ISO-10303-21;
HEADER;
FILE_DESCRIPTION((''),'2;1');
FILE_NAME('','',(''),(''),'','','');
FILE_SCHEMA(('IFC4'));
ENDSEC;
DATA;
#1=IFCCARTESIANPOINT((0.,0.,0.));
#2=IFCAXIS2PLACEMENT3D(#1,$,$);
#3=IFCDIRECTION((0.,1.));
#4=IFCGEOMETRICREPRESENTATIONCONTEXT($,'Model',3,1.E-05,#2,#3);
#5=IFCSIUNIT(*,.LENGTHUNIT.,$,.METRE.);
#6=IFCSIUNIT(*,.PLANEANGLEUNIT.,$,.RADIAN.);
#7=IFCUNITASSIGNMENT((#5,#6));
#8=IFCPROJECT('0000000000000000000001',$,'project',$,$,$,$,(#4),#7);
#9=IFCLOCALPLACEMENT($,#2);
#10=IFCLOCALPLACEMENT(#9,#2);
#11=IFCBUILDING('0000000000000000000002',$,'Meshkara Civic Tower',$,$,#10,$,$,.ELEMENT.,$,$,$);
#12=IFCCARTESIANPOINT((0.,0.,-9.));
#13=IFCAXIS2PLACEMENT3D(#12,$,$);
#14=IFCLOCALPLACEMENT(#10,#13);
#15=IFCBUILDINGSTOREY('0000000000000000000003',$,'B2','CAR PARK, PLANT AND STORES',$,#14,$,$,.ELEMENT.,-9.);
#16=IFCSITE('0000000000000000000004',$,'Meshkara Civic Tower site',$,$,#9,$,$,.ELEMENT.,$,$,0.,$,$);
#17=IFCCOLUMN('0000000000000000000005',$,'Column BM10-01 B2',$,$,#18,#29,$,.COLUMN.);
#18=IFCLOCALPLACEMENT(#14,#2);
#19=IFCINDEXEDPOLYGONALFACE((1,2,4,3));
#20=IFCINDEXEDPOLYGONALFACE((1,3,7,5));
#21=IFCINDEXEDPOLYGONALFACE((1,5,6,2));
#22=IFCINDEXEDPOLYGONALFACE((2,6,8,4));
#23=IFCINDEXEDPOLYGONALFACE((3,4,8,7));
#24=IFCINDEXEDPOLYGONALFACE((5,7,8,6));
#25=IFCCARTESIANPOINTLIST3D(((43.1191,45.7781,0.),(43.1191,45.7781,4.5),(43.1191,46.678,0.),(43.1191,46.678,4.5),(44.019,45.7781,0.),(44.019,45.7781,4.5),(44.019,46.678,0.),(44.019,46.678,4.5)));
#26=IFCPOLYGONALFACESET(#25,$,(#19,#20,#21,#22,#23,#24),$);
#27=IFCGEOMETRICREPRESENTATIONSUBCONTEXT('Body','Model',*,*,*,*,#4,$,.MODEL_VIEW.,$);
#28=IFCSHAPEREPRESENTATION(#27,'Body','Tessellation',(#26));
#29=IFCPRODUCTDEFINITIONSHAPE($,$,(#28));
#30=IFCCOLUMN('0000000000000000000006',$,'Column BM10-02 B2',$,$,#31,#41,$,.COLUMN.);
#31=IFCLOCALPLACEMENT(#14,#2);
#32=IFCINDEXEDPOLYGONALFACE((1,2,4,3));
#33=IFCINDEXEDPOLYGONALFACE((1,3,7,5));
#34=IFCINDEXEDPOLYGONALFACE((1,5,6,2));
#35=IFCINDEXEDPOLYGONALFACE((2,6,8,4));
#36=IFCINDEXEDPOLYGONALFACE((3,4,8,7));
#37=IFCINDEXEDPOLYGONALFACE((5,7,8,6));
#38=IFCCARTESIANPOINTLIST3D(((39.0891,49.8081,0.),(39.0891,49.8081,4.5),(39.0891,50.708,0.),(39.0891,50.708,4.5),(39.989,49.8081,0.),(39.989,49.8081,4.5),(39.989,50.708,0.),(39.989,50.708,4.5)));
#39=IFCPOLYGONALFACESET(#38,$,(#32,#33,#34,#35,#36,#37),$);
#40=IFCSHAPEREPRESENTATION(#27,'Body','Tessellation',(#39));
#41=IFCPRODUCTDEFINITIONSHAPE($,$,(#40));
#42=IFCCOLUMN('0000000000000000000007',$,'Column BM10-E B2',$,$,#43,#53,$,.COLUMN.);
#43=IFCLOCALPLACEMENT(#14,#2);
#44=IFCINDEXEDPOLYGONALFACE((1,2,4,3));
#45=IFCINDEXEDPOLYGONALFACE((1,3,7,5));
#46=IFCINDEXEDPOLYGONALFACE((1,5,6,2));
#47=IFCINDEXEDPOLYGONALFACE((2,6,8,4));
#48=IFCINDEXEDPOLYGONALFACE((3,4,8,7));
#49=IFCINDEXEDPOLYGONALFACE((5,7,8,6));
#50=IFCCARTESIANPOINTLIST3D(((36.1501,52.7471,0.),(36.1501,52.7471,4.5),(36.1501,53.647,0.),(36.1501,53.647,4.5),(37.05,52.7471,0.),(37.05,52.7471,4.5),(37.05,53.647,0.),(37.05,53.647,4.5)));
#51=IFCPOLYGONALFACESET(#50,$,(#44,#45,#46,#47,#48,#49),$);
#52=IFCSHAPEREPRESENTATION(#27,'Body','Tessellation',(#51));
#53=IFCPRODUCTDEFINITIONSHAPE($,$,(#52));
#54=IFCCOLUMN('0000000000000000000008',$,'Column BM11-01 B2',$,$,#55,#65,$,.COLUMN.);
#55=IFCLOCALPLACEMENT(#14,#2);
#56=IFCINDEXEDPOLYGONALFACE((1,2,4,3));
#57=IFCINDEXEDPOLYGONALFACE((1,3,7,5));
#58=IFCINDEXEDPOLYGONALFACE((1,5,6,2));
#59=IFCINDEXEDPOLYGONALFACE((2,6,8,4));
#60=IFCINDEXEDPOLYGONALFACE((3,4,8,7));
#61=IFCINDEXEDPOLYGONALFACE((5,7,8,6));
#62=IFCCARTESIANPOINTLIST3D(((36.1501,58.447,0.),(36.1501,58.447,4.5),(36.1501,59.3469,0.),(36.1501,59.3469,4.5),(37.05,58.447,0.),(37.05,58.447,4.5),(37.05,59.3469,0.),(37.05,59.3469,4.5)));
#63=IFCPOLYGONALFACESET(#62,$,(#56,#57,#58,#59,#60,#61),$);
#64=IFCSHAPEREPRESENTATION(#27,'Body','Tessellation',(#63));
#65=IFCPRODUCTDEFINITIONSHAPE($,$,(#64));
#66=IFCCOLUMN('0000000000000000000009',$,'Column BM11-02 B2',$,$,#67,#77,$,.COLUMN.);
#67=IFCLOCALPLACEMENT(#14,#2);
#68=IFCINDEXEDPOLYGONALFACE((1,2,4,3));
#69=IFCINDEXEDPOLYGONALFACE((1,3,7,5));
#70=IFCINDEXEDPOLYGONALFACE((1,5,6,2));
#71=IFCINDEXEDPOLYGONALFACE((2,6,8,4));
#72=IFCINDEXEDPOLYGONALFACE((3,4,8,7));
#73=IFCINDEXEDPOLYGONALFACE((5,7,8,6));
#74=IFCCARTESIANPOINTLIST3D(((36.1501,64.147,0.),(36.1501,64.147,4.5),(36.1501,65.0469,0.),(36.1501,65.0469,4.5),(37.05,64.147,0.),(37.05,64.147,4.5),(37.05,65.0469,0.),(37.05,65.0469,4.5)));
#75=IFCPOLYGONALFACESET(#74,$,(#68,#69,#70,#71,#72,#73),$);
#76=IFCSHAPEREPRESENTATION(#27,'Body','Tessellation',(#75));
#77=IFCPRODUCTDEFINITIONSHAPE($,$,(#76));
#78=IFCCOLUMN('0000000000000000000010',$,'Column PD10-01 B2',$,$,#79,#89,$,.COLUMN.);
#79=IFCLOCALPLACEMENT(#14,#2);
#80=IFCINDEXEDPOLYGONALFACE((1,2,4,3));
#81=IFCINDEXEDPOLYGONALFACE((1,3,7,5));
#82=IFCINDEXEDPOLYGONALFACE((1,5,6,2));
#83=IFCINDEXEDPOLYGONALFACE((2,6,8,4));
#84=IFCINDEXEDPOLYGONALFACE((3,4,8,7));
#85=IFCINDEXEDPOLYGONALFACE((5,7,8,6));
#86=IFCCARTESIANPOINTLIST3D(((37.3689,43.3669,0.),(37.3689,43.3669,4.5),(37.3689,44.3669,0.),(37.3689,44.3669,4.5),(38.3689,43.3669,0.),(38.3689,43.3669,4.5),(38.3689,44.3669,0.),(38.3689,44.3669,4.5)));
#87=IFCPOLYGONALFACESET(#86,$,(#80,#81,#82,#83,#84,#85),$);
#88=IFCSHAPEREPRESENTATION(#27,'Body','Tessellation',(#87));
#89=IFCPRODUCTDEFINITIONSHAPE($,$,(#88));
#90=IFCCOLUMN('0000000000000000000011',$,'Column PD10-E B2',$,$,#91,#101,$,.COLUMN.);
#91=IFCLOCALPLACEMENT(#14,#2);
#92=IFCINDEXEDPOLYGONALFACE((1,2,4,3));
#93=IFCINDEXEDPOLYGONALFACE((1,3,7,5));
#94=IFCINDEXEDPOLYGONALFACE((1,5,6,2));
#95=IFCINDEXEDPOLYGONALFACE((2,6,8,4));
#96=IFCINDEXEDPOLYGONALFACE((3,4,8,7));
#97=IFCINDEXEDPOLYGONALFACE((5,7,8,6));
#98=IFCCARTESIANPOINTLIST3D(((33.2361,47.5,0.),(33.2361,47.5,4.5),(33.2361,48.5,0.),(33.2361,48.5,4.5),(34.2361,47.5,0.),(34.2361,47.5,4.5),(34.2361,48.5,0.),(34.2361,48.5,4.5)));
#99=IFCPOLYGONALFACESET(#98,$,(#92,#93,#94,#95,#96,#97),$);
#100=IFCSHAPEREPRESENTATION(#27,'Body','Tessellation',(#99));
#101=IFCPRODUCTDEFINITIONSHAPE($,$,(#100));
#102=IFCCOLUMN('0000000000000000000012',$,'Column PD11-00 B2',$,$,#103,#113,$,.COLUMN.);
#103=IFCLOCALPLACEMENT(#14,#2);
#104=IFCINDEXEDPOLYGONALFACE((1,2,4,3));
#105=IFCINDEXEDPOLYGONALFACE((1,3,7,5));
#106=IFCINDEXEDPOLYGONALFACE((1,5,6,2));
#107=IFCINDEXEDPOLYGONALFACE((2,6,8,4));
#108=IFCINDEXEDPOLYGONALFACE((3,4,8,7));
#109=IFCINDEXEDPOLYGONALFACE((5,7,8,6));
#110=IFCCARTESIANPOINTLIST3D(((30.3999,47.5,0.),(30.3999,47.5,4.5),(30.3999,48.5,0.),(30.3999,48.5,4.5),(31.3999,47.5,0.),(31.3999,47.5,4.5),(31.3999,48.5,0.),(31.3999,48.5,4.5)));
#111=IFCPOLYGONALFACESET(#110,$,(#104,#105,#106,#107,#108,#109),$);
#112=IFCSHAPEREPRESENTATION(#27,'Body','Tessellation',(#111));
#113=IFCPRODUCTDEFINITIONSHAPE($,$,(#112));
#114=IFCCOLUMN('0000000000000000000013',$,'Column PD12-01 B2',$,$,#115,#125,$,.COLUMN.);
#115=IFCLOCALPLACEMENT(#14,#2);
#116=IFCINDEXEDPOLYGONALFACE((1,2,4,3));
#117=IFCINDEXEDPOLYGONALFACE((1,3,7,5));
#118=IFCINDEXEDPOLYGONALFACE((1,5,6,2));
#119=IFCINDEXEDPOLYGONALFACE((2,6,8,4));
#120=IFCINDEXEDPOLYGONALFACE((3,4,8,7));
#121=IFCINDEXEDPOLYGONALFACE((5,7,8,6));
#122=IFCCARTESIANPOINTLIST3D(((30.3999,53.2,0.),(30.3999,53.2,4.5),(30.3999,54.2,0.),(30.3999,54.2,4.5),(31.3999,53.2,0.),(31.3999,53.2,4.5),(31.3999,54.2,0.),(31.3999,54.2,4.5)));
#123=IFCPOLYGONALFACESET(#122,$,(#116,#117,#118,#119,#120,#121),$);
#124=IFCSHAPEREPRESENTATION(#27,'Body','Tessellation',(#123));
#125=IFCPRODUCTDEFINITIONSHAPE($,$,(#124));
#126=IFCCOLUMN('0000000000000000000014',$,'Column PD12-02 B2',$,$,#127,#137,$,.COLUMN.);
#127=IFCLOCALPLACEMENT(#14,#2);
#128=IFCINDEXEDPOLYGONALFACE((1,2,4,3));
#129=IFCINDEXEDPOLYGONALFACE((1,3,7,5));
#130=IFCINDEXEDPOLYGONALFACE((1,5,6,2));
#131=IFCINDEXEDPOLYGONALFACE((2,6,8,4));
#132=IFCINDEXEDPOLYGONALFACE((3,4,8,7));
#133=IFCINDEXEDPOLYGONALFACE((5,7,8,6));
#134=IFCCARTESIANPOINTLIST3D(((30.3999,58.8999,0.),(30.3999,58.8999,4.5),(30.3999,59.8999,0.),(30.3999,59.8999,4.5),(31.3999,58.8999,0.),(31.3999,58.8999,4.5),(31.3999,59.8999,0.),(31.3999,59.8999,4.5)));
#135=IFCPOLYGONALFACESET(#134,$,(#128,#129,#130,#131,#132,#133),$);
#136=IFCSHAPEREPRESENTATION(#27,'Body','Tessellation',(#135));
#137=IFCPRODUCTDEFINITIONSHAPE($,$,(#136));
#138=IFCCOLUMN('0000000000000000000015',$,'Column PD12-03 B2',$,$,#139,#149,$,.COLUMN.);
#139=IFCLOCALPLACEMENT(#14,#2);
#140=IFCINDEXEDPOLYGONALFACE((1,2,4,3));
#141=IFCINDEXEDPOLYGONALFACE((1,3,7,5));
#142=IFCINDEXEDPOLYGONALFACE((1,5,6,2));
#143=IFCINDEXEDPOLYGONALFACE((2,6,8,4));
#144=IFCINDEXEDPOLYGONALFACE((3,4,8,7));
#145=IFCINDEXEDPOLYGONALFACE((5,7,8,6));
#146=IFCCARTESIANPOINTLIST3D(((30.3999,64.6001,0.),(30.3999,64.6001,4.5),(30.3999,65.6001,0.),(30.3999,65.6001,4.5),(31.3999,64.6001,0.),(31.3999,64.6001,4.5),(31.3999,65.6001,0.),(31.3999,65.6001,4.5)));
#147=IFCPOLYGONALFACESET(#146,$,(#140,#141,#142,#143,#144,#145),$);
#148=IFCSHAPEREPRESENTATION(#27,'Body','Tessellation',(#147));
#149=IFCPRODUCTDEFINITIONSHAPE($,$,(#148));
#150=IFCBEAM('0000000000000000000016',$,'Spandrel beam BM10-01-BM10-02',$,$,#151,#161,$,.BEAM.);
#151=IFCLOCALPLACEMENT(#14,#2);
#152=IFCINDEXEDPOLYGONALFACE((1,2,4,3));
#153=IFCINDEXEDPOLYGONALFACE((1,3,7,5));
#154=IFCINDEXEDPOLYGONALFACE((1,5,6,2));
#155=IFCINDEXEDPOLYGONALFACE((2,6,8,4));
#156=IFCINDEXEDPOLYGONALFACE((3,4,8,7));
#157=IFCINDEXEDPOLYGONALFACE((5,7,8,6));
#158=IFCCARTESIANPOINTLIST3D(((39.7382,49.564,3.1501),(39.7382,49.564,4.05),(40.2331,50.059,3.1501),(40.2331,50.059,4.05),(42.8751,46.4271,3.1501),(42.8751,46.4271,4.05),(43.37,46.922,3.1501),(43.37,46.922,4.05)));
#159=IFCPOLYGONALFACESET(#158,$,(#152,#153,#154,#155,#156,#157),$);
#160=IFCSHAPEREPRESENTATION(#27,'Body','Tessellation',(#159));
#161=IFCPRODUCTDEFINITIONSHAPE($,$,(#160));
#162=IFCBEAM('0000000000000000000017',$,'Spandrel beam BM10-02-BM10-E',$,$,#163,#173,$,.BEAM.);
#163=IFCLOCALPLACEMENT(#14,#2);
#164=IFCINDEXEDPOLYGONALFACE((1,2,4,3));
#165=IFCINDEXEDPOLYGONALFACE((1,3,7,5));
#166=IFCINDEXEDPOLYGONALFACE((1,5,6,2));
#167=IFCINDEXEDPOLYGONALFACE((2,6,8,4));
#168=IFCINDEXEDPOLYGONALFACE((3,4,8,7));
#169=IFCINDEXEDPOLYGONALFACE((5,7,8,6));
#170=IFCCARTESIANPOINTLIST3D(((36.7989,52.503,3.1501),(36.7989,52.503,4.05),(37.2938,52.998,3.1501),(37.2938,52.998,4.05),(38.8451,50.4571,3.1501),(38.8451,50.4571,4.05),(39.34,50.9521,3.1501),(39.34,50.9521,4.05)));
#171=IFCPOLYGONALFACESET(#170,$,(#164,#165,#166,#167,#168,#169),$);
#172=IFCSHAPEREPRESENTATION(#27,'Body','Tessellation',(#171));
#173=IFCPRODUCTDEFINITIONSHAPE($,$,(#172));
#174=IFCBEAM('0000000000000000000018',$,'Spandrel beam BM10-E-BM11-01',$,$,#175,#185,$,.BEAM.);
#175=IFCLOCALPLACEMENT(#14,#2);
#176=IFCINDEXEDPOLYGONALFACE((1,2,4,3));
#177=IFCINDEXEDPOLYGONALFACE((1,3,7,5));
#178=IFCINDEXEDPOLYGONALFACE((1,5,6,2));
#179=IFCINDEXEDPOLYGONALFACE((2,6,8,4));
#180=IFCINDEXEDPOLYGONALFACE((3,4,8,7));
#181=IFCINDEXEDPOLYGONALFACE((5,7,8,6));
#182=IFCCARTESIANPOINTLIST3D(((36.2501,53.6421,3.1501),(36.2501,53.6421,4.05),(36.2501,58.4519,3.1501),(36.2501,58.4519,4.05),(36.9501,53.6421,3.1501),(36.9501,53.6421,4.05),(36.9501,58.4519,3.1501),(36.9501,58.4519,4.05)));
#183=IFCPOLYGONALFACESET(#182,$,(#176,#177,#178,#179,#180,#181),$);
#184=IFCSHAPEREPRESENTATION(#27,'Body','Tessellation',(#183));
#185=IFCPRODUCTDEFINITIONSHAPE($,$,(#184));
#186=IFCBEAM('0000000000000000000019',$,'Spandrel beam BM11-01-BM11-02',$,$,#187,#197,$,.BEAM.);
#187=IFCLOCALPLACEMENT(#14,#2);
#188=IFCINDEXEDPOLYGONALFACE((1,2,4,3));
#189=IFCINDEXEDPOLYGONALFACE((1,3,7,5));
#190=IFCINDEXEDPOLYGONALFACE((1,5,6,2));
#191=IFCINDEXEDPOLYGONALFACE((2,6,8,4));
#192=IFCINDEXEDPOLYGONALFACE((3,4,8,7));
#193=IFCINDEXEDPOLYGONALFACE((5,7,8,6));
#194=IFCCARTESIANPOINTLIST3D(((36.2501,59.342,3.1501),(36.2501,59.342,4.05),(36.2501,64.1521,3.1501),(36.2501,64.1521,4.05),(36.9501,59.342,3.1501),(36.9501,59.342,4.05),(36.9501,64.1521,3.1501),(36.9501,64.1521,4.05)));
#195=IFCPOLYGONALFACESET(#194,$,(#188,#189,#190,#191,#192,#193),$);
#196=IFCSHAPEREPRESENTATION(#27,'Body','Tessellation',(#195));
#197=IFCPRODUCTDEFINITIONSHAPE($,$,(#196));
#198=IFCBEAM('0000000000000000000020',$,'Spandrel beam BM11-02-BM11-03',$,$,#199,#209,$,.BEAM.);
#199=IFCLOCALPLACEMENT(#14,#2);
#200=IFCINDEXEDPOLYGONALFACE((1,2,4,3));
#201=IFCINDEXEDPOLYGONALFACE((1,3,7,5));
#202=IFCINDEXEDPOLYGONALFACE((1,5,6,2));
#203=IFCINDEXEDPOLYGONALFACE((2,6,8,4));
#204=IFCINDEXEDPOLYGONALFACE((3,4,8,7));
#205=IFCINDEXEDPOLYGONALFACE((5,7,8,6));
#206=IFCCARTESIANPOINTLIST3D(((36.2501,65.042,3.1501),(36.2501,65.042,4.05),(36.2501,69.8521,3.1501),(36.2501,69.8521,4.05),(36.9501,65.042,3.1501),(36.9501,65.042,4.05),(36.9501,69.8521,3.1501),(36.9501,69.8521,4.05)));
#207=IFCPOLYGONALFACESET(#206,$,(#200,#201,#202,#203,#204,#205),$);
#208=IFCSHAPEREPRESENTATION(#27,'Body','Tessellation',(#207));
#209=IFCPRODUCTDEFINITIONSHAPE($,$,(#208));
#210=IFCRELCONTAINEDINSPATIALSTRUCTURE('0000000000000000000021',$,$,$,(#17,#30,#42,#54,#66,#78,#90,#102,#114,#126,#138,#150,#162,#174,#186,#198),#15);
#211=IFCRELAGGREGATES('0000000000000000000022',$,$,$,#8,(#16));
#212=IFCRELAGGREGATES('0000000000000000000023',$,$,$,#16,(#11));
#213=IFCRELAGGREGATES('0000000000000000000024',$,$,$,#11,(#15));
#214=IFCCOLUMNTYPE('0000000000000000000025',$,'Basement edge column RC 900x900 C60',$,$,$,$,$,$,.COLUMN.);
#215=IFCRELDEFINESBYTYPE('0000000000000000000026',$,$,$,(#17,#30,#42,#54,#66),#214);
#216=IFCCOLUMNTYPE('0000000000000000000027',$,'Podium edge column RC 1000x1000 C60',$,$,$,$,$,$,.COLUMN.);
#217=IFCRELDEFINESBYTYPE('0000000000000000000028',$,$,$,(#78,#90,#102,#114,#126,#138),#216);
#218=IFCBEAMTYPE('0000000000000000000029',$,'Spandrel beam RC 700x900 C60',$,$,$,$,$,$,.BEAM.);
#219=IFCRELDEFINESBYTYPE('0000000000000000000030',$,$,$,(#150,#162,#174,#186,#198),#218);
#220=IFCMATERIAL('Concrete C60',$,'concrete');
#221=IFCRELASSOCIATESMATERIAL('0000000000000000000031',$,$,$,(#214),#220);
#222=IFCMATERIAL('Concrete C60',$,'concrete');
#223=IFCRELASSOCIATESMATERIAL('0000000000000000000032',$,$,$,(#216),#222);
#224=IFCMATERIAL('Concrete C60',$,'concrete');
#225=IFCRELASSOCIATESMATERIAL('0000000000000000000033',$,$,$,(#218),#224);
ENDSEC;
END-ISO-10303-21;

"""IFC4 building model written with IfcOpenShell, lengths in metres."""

from ifc_helpers import new_model, si_unit, direction, frame, origin, origin_2d, place, context, subcontext, project, spatial, rectangle, extrude, material, material_profile, profile_set, type_object, element, save


model = new_model("IFC4")

# Units and contexts
model_context = context("Model", 3, precision=1e-05, world=origin(), true_north=direction((0.0, 1.0)))
body_context = subcontext(model_context, "Body", "Model", "MODEL_VIEW")
ifc_project = project(units=[si_unit("LENGTHUNIT", "METRE"), si_unit("PLANEANGLEUNIT", "RADIAN")], contexts=[model_context])

# Site, building, storey
site_placement = place(None, origin())
site = spatial("IfcSite", under=ifc_project, at=site_placement, Name="Meshkara Civic Tower site", CompositionType="ELEMENT", RefElevation=0.0)
building_placement = place(site_placement, origin())
building = spatial("IfcBuilding", under=site, at=building_placement, Name="Meshkara Civic Tower", CompositionType="ELEMENT")
storey_placement = place(building_placement, frame((0.0, 0.0, -9.0)))
storey = spatial("IfcBuildingStorey", under=building, at=storey_placement, Name="B2", Description="CAR PARK, PLANT AND STORES", CompositionType="ELEMENT", Elevation=-9.0)

# Columns
ifc_material_1 = material(Name="Concrete C60", Category="concrete")
ifc_material_profile_1 = material_profile(ifc_material_1, rectangle(XDim=0.8999, YDim=0.8999, at=origin_2d()))
ifc_profile_set_1 = profile_set([ifc_material_profile_1], Name="Concrete C60")
column_type_1 = type_object("IfcColumnType", Name="Basement edge column RC 900x900 C60", PredefinedType="COLUMN", material=ifc_profile_set_1)
for number, where, z_axis, x_axis, name in (
    (1, (43.5691, 46.228, 0.0), (0.0, 0.0, 1.0), (1.0, 0.0, 0.0), "Column BM10-01 B2"),
    (2, (39.5391, 50.2581, 0.0), (0.0, 0.0, 1.0), (1.0, 0.0, 0.0), "Column BM10-02 B2"),
    (3, (36.6001, 53.197, 0.0), (0.0, 0.0, 1.0), (1.0, 0.0, 0.0), "Column BM10-E B2"),
    (4, (36.6001, 58.897, 0.0), (0.0, 0.0, 1.0), (1.0, 0.0, 0.0), "Column BM11-01 B2"),
    (5, (36.6001, 64.5969, 0.0), (0.0, 0.0, 1.0), (1.0, 0.0, 0.0), "Column BM11-02 B2"),
):
    element("IfcColumn", number, at=place(storey_placement, frame(where, z_axis=z_axis, x_axis=x_axis)), inside=storey, type_object=column_type_1, Name=name, PredefinedType="COLUMN", context=body_context, shape_type="SweptSolid", body=[
        extrude(rectangle(XDim=0.8999, YDim=0.8999, at=origin_2d()), origin(), (0.0, 0.0, 1.0), 4.5),
    ])
ifc_material_2 = material(Name="Concrete C60", Category="concrete")
ifc_material_profile_2 = material_profile(ifc_material_2, rectangle(XDim=1.0, YDim=1.0, at=origin_2d()))
ifc_profile_set_2 = profile_set([ifc_material_profile_2], Name="Concrete C60")
column_type_2 = type_object("IfcColumnType", Name="Podium edge column RC 1000x1000 C60", PredefinedType="COLUMN", material=ifc_profile_set_2)
for number, where, z_axis, x_axis, name in (
    (6, (37.8689, 43.8669, 0.0), (0.0, 0.0, 1.0), (1.0, 0.0, 0.0), "Column PD10-01 B2"),
    (7, (33.7361, 48.0, 0.0), (0.0, 0.0, 1.0), (1.0, 0.0, 0.0), "Column PD10-E B2"),
    (8, (30.8999, 48.0, 0.0), (0.0, 0.0, 1.0), (1.0, 0.0, 0.0), "Column PD11-00 B2"),
    (9, (30.8999, 53.7, 0.0), (0.0, 0.0, 1.0), (1.0, 0.0, 0.0), "Column PD12-01 B2"),
    (10, (30.8999, 59.3999, 0.0), (0.0, 0.0, 1.0), (1.0, 0.0, 0.0), "Column PD12-02 B2"),
    (11, (30.8999, 65.1001, 0.0), (0.0, 0.0, 1.0), (1.0, 0.0, 0.0), "Column PD12-03 B2"),
):
    element("IfcColumn", number, at=place(storey_placement, frame(where, z_axis=z_axis, x_axis=x_axis)), inside=storey, type_object=column_type_2, Name=name, PredefinedType="COLUMN", context=body_context, shape_type="SweptSolid", body=[
        extrude(rectangle(XDim=1.0, YDim=1.0, at=origin_2d()), origin(), (0.0, 0.0, 1.0), 4.5),
    ])

# Beams
ifc_material_3 = material(Name="Concrete C60", Category="concrete")
ifc_material_profile_3 = material_profile(ifc_material_3, rectangle(XDim=0.7, YDim=0.8999, at=origin_2d()))
ifc_profile_set_3 = profile_set([ifc_material_profile_3], Name="Concrete C60")
beam_type = type_object("IfcBeamType", Name="Spandrel beam RC 700x900 C60", PredefinedType="BEAM", material=ifc_profile_set_3)
beam_1_placement = place(storey_placement, frame((43.1226, 46.6746, 3.6001), z_axis=(-0.707107, 0.707107, 0.0), x_axis=(-0.707107, -0.707107, 0.0)))
element("IfcBeam", 12, at=beam_1_placement, inside=storey, type_object=beam_type, Name="Spandrel beam BM10-01-BM10-02", PredefinedType="BEAM", context=body_context, shape_type="SweptSolid", body=[
    extrude(rectangle(XDim=0.7, YDim=0.8999, at=origin_2d()), origin(), (0.0, 0.0, 1.0), 4.4363),
])
beam_2_placement = place(storey_placement, frame((39.0925, 50.7046, 3.6001), z_axis=(-0.707149, 0.707065, 0.0), x_axis=(-0.707065, -0.707149, 0.0)))
element("IfcBeam", 13, at=beam_2_placement, inside=storey, type_object=beam_type, Name="Spandrel beam BM10-02-BM10-E", PredefinedType="BEAM", context=body_context, shape_type="SweptSolid", body=[
    extrude(rectangle(XDim=0.7, YDim=0.8999, at=origin_2d()), origin(), (0.0, 0.0, 1.0), 2.8936),
])
beam_3_placement = place(storey_placement, frame((36.6001, 53.6421, 3.6001), z_axis=(0.0, 1.0, 0.0), x_axis=(-1.0, 0.0, 0.0)))
element("IfcBeam", 14, at=beam_3_placement, inside=storey, type_object=beam_type, Name="Spandrel beam BM10-E-BM11-01", PredefinedType="BEAM", context=body_context, shape_type="SweptSolid", body=[
    extrude(rectangle(XDim=0.7, YDim=0.8999, at=origin_2d()), origin(), (0.0, 0.0, 1.0), 4.8098),
])
for number, where, z_axis, x_axis, name in (
    (15, (36.6001, 59.342, 3.6001), (0.0, 1.0, 0.0), (-1.0, 0.0, 0.0), "Spandrel beam BM11-01-BM11-02"),
    (16, (36.6001, 65.042, 3.6001), (0.0, 1.0, 0.0), (-1.0, 0.0, 0.0), "Spandrel beam BM11-02-BM11-03"),
):
    element("IfcBeam", number, at=place(storey_placement, frame(where, z_axis=z_axis, x_axis=x_axis)), inside=storey, type_object=beam_type, Name=name, PredefinedType="BEAM", context=body_context, shape_type="SweptSolid", body=[
        extrude(rectangle(XDim=0.7, YDim=0.8999, at=origin_2d()), origin(), (0.0, 0.0, 1.0), 4.8101),
    ])

save(model, "model.ifc")
